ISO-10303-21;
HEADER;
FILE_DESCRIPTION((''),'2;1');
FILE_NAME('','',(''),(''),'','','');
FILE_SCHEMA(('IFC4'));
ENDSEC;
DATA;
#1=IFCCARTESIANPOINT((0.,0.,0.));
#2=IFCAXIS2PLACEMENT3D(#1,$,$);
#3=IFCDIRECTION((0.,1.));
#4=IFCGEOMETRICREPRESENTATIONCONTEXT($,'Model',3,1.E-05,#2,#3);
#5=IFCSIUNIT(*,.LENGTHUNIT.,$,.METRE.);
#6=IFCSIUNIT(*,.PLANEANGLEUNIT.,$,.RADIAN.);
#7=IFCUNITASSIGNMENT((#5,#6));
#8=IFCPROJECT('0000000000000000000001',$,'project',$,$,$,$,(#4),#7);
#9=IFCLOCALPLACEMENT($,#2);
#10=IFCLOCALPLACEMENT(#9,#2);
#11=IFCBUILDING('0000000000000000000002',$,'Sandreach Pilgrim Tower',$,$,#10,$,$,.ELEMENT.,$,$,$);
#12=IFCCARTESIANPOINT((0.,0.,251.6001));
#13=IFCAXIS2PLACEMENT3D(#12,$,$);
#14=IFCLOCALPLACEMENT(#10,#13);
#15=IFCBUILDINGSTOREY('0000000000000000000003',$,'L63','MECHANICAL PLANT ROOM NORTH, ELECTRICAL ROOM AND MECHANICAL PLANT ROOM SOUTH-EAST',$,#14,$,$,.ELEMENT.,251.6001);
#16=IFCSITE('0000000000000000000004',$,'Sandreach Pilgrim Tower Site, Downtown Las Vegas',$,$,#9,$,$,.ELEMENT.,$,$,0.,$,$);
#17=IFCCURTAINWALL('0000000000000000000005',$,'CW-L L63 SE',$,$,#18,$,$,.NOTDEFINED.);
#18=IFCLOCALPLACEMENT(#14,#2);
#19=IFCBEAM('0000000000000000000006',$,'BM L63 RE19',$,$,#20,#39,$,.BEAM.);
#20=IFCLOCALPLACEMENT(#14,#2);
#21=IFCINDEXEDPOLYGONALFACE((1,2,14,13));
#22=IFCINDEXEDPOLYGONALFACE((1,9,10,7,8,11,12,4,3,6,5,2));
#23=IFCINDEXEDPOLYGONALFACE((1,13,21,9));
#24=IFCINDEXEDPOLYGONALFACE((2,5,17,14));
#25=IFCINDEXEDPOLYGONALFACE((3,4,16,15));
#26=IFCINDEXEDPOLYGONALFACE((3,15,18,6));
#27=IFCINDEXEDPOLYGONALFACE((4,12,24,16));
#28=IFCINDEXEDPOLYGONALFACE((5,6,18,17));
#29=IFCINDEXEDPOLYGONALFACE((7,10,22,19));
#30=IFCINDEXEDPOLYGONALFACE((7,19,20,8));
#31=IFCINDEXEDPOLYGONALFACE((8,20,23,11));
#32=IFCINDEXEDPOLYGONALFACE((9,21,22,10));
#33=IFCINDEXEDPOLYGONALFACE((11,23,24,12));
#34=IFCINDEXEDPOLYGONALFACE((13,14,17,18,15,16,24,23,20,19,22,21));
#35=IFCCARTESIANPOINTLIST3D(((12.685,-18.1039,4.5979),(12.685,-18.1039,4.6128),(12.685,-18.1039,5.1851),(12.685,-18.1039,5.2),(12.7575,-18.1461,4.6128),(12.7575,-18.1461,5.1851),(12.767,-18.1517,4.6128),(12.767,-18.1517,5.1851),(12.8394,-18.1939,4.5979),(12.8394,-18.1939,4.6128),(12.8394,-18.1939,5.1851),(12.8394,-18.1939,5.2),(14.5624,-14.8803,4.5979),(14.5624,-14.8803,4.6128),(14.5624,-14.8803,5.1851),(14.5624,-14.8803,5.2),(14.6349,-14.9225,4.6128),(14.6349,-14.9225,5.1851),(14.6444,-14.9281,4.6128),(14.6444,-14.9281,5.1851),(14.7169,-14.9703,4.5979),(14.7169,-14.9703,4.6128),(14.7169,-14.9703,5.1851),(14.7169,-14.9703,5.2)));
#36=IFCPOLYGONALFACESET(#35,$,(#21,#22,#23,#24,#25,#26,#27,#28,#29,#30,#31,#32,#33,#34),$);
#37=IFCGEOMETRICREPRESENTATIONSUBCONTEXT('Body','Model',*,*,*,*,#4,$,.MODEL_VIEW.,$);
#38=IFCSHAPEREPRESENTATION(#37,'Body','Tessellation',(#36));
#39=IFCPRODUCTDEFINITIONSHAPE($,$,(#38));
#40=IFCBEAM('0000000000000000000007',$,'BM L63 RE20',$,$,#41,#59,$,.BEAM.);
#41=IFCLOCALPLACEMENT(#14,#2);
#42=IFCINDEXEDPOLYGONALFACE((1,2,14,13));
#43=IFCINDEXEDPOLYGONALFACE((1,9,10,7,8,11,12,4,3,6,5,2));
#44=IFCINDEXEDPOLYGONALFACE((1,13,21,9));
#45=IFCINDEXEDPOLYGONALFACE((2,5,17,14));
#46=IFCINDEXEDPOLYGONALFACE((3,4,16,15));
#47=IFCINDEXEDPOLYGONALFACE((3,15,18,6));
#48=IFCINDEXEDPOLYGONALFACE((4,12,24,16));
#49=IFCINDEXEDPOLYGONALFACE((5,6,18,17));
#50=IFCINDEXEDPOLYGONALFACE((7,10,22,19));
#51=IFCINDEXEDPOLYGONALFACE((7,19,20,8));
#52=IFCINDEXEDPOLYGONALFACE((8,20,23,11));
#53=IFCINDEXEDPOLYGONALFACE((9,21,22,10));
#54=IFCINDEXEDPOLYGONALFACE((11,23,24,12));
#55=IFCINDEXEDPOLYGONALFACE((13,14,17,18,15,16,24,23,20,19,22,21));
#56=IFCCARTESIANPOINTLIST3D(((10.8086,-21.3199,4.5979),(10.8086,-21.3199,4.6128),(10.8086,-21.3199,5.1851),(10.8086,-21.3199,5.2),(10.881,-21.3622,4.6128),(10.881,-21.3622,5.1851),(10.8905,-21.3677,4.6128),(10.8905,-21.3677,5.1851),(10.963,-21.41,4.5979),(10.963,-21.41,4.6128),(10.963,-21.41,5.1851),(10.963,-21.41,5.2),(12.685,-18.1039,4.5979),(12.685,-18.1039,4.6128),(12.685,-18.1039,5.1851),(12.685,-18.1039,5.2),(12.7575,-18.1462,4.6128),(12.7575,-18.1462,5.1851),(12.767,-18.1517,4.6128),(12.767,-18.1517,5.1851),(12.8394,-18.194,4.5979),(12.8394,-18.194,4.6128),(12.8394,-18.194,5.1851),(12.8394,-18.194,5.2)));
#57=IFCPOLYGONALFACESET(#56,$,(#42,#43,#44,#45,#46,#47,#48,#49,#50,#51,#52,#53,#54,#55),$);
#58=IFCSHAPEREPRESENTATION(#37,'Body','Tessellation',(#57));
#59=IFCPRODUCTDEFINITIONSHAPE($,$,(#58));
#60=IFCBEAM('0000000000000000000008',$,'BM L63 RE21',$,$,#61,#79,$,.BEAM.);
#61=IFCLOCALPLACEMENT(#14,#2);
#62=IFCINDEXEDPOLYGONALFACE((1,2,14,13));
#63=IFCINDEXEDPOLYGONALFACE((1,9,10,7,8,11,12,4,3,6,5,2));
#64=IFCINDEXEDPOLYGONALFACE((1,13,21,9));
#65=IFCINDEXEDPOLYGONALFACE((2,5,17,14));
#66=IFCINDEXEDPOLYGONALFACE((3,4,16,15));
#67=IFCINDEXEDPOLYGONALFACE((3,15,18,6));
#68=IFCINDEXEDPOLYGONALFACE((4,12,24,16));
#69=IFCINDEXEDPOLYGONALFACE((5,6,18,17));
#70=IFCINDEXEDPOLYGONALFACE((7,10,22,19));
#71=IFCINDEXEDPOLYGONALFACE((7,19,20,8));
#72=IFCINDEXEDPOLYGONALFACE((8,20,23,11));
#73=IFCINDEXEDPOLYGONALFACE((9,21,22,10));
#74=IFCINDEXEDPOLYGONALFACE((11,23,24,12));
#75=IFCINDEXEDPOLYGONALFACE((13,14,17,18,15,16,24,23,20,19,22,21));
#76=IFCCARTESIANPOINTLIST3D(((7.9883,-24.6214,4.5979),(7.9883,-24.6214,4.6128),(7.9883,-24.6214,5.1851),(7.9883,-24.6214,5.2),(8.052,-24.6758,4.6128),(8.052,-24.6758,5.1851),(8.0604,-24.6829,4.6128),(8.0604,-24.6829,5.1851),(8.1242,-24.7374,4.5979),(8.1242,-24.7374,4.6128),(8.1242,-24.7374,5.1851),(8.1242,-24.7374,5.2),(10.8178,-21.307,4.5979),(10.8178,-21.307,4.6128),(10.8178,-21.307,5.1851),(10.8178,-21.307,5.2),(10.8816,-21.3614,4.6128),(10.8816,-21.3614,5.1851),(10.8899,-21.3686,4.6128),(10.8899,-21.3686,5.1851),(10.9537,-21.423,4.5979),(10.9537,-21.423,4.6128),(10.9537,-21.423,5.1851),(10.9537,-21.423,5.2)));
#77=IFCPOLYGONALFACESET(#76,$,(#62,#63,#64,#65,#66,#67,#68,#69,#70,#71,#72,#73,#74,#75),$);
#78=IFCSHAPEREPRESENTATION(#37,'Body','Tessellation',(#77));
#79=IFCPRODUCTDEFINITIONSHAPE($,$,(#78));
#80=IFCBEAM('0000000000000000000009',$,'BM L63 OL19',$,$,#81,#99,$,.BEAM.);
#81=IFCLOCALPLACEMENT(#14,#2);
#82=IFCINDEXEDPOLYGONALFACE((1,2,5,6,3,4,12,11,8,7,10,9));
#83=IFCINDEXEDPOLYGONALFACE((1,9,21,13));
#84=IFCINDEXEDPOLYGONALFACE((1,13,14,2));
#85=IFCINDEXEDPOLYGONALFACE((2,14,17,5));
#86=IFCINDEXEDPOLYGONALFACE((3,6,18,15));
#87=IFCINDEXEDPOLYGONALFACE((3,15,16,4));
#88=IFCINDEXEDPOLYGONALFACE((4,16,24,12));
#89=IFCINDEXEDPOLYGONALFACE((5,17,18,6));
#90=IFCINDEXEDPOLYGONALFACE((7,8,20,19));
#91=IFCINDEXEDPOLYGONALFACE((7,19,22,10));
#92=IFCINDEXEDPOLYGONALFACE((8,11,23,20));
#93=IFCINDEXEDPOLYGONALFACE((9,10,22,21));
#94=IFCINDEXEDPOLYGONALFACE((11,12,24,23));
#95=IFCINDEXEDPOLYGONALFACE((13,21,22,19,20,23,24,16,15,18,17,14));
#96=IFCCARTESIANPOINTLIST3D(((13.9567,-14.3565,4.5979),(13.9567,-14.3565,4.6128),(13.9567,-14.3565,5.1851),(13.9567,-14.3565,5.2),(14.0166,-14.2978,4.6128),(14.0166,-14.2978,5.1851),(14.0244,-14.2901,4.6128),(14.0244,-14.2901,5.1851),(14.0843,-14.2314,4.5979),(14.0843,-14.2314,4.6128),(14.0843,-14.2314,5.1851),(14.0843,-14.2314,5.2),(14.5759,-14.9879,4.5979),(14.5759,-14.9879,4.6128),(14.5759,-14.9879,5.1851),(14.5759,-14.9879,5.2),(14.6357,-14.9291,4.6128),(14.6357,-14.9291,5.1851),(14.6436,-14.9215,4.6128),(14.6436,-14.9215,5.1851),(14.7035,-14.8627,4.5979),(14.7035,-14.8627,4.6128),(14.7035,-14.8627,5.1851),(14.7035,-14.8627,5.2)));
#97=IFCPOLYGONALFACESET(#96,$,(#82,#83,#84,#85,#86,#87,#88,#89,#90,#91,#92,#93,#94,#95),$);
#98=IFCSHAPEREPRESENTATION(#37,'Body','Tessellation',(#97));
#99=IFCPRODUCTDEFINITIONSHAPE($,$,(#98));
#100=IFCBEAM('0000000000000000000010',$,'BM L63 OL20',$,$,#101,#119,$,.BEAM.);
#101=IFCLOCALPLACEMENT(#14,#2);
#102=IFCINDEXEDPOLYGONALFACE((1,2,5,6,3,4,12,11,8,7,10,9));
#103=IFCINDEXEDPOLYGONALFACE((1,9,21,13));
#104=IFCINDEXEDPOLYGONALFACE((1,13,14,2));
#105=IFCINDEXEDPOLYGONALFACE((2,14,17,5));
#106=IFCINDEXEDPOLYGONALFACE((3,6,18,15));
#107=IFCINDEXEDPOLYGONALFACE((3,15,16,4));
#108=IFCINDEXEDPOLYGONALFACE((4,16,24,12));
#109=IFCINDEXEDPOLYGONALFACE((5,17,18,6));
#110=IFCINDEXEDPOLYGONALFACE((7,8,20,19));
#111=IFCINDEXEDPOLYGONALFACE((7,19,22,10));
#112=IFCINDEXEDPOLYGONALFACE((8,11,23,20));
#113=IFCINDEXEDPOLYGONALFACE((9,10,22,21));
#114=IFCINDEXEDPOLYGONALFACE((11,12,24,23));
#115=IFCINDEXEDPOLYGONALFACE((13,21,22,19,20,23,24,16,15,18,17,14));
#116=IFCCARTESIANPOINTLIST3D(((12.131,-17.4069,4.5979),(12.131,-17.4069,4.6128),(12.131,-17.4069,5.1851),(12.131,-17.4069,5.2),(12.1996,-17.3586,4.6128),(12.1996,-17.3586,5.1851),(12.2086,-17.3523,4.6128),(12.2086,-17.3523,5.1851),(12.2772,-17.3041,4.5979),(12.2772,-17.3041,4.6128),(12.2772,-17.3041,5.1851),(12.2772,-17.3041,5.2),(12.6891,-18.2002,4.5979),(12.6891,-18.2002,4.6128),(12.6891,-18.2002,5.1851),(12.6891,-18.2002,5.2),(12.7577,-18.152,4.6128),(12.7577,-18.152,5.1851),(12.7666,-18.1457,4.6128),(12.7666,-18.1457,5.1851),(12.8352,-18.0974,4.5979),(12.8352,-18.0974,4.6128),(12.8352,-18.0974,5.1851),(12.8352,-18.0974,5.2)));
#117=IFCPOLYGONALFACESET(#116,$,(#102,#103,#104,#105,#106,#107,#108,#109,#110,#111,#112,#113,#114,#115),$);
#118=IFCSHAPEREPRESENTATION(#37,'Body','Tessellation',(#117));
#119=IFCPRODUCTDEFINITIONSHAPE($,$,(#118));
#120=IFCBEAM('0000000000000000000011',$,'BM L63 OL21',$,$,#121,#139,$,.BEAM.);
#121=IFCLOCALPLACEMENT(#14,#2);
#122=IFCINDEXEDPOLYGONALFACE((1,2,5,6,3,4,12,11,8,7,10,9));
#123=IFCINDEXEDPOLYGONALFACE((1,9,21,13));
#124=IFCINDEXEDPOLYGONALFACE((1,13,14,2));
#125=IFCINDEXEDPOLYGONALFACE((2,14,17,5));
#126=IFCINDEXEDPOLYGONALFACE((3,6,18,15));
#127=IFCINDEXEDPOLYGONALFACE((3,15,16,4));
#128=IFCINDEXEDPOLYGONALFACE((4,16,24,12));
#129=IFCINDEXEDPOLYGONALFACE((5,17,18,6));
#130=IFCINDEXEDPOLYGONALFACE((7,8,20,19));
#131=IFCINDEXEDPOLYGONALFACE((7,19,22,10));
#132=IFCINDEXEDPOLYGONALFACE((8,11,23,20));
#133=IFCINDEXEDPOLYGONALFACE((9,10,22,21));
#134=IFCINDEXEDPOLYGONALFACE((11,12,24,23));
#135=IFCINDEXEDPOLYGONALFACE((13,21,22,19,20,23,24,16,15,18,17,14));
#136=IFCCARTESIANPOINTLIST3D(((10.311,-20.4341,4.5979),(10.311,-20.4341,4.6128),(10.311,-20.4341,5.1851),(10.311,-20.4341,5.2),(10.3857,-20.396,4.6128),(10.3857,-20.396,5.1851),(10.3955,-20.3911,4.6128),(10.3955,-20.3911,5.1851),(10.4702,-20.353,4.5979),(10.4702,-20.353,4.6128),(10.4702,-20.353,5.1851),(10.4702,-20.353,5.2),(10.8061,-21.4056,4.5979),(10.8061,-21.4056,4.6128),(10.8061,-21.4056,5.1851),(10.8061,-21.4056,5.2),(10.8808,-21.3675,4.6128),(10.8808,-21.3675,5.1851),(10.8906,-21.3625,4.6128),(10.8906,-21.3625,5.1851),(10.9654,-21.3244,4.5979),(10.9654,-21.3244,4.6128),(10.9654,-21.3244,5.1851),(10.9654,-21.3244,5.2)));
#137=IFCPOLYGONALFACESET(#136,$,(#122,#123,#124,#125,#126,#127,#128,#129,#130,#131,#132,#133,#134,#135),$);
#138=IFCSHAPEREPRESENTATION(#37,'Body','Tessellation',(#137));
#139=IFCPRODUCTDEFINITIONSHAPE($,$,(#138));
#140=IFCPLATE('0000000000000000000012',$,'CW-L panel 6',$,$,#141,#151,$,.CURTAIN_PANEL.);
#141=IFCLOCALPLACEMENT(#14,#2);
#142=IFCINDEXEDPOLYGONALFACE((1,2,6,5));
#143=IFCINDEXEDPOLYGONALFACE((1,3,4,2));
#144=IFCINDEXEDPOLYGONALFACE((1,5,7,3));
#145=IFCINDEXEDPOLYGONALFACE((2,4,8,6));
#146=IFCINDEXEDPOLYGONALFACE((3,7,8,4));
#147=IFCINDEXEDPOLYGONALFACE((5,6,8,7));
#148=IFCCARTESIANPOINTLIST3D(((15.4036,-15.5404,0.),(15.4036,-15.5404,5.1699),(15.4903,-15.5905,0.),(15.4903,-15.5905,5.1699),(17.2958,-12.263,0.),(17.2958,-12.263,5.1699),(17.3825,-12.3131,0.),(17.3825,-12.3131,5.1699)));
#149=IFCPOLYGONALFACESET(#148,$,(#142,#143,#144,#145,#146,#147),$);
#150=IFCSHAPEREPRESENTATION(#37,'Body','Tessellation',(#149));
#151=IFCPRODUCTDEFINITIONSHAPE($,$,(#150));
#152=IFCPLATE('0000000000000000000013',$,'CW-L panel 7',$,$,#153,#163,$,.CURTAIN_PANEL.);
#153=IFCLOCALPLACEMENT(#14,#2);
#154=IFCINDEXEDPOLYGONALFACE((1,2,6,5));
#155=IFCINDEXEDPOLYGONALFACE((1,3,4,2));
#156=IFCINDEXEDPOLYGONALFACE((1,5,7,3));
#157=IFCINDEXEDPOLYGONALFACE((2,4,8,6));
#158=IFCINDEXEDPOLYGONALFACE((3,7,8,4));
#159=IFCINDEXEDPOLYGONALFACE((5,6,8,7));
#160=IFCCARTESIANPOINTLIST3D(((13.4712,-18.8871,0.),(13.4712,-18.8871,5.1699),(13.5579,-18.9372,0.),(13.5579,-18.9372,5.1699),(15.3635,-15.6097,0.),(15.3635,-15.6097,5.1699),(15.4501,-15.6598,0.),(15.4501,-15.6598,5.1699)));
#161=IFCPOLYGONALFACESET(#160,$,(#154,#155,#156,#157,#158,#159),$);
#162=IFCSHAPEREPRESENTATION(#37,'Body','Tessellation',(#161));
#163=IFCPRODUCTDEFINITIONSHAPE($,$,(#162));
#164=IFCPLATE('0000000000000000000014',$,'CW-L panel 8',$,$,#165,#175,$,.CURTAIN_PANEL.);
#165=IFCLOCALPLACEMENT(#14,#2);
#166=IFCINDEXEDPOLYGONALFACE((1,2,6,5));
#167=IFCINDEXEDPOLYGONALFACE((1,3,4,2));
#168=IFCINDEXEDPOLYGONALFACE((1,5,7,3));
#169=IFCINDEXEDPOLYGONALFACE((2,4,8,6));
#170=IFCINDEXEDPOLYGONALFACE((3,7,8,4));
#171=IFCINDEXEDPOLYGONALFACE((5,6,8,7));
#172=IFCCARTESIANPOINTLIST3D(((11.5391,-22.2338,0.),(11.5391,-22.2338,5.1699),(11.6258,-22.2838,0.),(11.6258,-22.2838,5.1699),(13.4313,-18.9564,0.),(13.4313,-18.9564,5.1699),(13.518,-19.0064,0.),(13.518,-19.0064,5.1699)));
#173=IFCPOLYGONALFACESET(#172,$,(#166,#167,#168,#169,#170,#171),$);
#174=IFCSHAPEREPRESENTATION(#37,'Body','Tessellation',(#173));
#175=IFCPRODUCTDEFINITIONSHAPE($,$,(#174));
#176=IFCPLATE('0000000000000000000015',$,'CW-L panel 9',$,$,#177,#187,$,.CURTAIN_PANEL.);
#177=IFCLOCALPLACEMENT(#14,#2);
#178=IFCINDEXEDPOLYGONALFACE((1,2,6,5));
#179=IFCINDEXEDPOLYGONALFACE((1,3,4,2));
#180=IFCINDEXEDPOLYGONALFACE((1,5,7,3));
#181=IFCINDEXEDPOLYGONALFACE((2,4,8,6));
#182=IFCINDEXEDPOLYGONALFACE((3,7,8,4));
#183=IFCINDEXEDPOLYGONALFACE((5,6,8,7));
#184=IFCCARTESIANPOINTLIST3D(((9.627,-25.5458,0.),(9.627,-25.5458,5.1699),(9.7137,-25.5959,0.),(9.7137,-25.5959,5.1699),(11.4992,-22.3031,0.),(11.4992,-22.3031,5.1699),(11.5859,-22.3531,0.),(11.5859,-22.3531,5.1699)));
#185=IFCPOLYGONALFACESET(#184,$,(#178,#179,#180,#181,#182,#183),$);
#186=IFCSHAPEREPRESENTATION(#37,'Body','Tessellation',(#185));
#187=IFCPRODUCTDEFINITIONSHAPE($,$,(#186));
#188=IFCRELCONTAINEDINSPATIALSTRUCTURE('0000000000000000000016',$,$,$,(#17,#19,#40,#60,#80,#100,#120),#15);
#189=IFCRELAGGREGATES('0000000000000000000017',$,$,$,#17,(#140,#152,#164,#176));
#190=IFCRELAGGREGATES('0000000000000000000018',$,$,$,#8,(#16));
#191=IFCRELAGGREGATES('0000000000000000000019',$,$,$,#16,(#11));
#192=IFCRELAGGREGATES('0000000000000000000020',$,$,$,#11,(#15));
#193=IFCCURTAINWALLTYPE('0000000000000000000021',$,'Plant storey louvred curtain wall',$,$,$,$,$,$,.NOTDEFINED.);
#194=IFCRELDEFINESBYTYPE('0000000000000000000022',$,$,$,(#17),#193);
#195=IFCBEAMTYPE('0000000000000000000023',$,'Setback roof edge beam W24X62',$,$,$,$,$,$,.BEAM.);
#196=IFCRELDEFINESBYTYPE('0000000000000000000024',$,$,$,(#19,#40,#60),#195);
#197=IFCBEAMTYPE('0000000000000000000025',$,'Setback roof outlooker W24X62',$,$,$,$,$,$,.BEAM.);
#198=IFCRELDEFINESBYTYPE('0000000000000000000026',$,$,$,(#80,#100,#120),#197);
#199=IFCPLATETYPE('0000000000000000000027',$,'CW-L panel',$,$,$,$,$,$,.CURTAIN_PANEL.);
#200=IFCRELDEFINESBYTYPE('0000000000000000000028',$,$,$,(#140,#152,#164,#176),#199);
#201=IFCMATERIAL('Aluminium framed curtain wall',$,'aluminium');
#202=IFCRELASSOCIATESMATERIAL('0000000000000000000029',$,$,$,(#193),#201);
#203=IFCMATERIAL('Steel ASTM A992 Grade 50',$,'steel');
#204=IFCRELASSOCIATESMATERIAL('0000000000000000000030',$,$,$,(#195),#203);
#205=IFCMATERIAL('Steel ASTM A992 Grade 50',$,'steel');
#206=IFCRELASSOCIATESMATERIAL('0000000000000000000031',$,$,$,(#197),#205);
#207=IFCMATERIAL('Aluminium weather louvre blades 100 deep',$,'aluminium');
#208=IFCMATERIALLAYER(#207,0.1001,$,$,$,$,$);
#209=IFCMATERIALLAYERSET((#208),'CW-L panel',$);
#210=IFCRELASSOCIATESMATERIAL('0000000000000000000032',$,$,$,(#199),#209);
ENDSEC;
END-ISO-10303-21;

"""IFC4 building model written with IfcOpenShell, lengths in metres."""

from ifc_helpers import new_model, si_unit, direction, frame, origin, origin_2d, place, context, subcontext, project, spatial, rectangle, i_section, extrude, material, layer, layer_set, material_profile, profile_set, type_object, element, aggregate, save


model = new_model("IFC4")

# Units and contexts
model_context = context("Model", 3, precision=1e-05, world=origin(), true_north=direction((0.0, 1.0)))
body_context = subcontext(model_context, "Body", "Model", "MODEL_VIEW")
ifc_project = project(units=[si_unit("LENGTHUNIT", "METRE"), si_unit("PLANEANGLEUNIT", "RADIAN")], contexts=[model_context])

# Site, building, storey
site_placement = place(None, origin())
site = spatial("IfcSite", under=ifc_project, at=site_placement, Name="Sandreach Pilgrim Tower Site, Downtown Las Vegas", CompositionType="ELEMENT", RefElevation=0.0)
building_placement = place(site_placement, origin())
building = spatial("IfcBuilding", under=site, at=building_placement, Name="Sandreach Pilgrim Tower", CompositionType="ELEMENT")
storey_placement = place(building_placement, frame((0.0, 0.0, 251.6001)))
storey = spatial("IfcBuildingStorey", under=building, at=storey_placement, Name="L63", Description="MECHANICAL PLANT ROOM NORTH, ELECTRICAL ROOM AND MECHANICAL PLANT ROOM SOUTH-EAST", CompositionType="ELEMENT", Elevation=251.6001)

# Curtain wall
ifc_material_1 = material(Name="Aluminium framed curtain wall", Category="aluminium")
curtain_wall_type = type_object("IfcCurtainWallType", Name="Plant storey louvred curtain wall", PredefinedType="NOTDEFINED", material=ifc_material_1)
curtain_wall_placement = place(storey_placement, origin())
curtain_wall = element("IfcCurtainWall", 1, at=curtain_wall_placement, inside=storey, type_object=curtain_wall_type, Name="CW-L L63 SE", PredefinedType="NOTDEFINED")

# Beams
ifc_material_2 = material(Name="Steel ASTM A992 Grade 50", Category="steel")
ifc_material_profile_1 = material_profile(ifc_material_2, i_section(OverallWidth=0.1787, OverallDepth=0.6021, WebThickness=0.011, FlangeThickness=0.0149, at=origin_2d()), Name="W24X62")
ifc_profile_set_1 = profile_set([ifc_material_profile_1], Name="Steel ASTM A992 Grade 50")
beam_type_1 = type_object("IfcBeamType", Name="Setback roof edge beam W24X62", PredefinedType="BEAM", material=ifc_profile_set_1)
beam_1_placement = place(storey_placement, frame((14.6396, -14.9253, 4.8989), z_axis=(-0.503269, -0.86413, 0.0), x_axis=(0.86413, -0.503269, 0.0)))
element("IfcBeam", 2, at=beam_1_placement, inside=storey, type_object=beam_type_1, Name="BM L63 RE19", PredefinedType="BEAM", context=body_context, shape_type="SweptSolid", body=[
    extrude(i_section(OverallWidth=0.1787, OverallDepth=0.6021, WebThickness=0.011, FlangeThickness=0.0149, at=origin_2d()), origin(), (0.0, 0.0, 1.0), 3.7305),
])
beam_2_placement = place(storey_placement, frame((12.7622, -18.1489, 4.8989), z_axis=(-0.503957, -0.863729, 0.0), x_axis=(0.863729, -0.503957, 0.0)))
element("IfcBeam", 3, at=beam_2_placement, inside=storey, type_object=beam_type_1, Name="BM L63 RE20", PredefinedType="BEAM", context=body_context, shape_type="SweptSolid", body=[
    extrude(i_section(OverallWidth=0.1787, OverallDepth=0.6021, WebThickness=0.011, FlangeThickness=0.0149, at=origin_2d()), origin(), (0.0, 0.0, 1.0), 3.7234),
])
beam_3_placement = place(storey_placement, frame((10.8857, -21.365, 4.8989), z_axis=(-0.649286, -0.760544, 0.0), x_axis=(0.760544, -0.649286, 0.0)))
element("IfcBeam", 4, at=beam_3_placement, inside=storey, type_object=beam_type_1, Name="BM L63 RE21", PredefinedType="BEAM", context=body_context, shape_type="SweptSolid", body=[
    extrude(i_section(OverallWidth=0.1787, OverallDepth=0.6021, WebThickness=0.011, FlangeThickness=0.0149, at=origin_2d()), origin(), (0.0, 0.0, 1.0), 4.3579),
])
ifc_material_3 = material(Name="Steel ASTM A992 Grade 50", Category="steel")
ifc_material_profile_2 = material_profile(ifc_material_3, i_section(OverallWidth=0.1787, OverallDepth=0.6021, WebThickness=0.011, FlangeThickness=0.0149, at=origin_2d()), Name="W24X62")
ifc_profile_set_2 = profile_set([ifc_material_profile_2], Name="Steel ASTM A992 Grade 50")
beam_type_2 = type_object("IfcBeamType", Name="Setback roof outlooker W24X62", PredefinedType="BEAM", material=ifc_profile_set_2)
beam_4_placement = place(storey_placement, frame((14.0205, -14.2939, 4.8989), z_axis=(0.700171, -0.713975, 0.0), x_axis=(0.713975, 0.700171, 0.0)))
element("IfcBeam", 5, at=beam_4_placement, inside=storey, type_object=beam_type_2, Name="BM L63 OL19", PredefinedType="BEAM", context=body_context, shape_type="SweptSolid", body=[
    extrude(i_section(OverallWidth=0.1787, OverallDepth=0.6021, WebThickness=0.011, FlangeThickness=0.0149, at=origin_2d()), origin(), (0.0, 0.0, 1.0), 0.8843),
])
beam_5_placement = place(storey_placement, frame((12.2041, -17.3555, 4.8989), z_axis=(0.575319, -0.817929, 0.0), x_axis=(0.817929, 0.575319, 0.0)))
element("IfcBeam", 6, at=beam_5_placement, inside=storey, type_object=beam_type_2, Name="BM L63 OL20", PredefinedType="BEAM", context=body_context, shape_type="SweptSolid", body=[
    extrude(i_section(OverallWidth=0.1787, OverallDepth=0.6021, WebThickness=0.011, FlangeThickness=0.0149, at=origin_2d()), origin(), (0.0, 0.0, 1.0), 0.97),
])
beam_6_placement = place(storey_placement, frame((10.3906, -20.3936, 4.8989), z_axis=(0.454097, -0.890952, 0.0), x_axis=(0.890952, 0.454097, 0.0)))
element("IfcBeam", 7, at=beam_6_placement, inside=storey, type_object=beam_type_2, Name="BM L63 OL21", PredefinedType="BEAM", context=body_context, shape_type="SweptSolid", body=[
    extrude(i_section(OverallWidth=0.1787, OverallDepth=0.6021, WebThickness=0.011, FlangeThickness=0.0149, at=origin_2d()), origin(), (0.0, 0.0, 1.0), 1.0903),
])

# Plates
ifc_material_4 = material(Name="Aluminium weather louvre blades 100 deep", Category="aluminium")
ifc_layer = layer(ifc_material_4, 0.1001)
ifc_layer_set = layer_set([ifc_layer], Name="CW-L panel")
plate_type = type_object("IfcPlateType", Name="CW-L panel", PredefinedType="CURTAIN_PANEL", material=ifc_layer_set)
plate_1_placement = place(storey_placement, frame((16.3931, -13.9268, 0.0), z_axis=(0.0, 0.0, 1.0), x_axis=(-0.5, -0.866025, 0.0)))
plate_1 = element("IfcPlate", 8, at=plate_1_placement, type_object=plate_type, Name="CW-L panel 6", PredefinedType="CURTAIN_PANEL", context=body_context, shape_type="SweptSolid", body=[
    extrude(rectangle(XDim=3.7844, YDim=0.1001, at=origin_2d()), origin(), (0.0, 0.0, 1.0), 5.1699),
])
plate_2_placement = place(storey_placement, frame((14.4607, -17.2734, 0.0), z_axis=(0.0, 0.0, 1.0), x_axis=(-0.5, -0.866025, 0.0)))
plate_2 = element("IfcPlate", 9, at=plate_2_placement, type_object=plate_type, Name="CW-L panel 7", PredefinedType="CURTAIN_PANEL", context=body_context, shape_type="SweptSolid", body=[
    extrude(rectangle(XDim=3.7844, YDim=0.1001, at=origin_2d()), origin(), (0.0, 0.0, 1.0), 5.1699),
])
plate_3_placement = place(storey_placement, frame((12.5286, -20.6201, 0.0), z_axis=(0.0, 0.0, 1.0), x_axis=(-0.5, -0.866025, 0.0)))
plate_3 = element("IfcPlate", 10, at=plate_3_placement, type_object=plate_type, Name="CW-L panel 8", PredefinedType="CURTAIN_PANEL", context=body_context, shape_type="SweptSolid", body=[
    extrude(rectangle(XDim=3.7844, YDim=0.1001, at=origin_2d()), origin(), (0.0, 0.0, 1.0), 5.1699),
])
plate_4_placement = place(storey_placement, frame((10.6064, -23.9495, 0.0), z_axis=(0.0, 0.0, 1.0), x_axis=(-0.5, -0.866025, 0.0)))
plate_4 = element("IfcPlate", 11, at=plate_4_placement, type_object=plate_type, Name="CW-L panel 9", PredefinedType="CURTAIN_PANEL", context=body_context, shape_type="SweptSolid", body=[
    extrude(rectangle(XDim=3.7444, YDim=0.1001, at=origin_2d()), origin(), (0.0, 0.0, 1.0), 5.1699),
])
aggregate(curtain_wall, [plate_1, plate_2, plate_3, plate_4])

save(model, "model.ifc")
